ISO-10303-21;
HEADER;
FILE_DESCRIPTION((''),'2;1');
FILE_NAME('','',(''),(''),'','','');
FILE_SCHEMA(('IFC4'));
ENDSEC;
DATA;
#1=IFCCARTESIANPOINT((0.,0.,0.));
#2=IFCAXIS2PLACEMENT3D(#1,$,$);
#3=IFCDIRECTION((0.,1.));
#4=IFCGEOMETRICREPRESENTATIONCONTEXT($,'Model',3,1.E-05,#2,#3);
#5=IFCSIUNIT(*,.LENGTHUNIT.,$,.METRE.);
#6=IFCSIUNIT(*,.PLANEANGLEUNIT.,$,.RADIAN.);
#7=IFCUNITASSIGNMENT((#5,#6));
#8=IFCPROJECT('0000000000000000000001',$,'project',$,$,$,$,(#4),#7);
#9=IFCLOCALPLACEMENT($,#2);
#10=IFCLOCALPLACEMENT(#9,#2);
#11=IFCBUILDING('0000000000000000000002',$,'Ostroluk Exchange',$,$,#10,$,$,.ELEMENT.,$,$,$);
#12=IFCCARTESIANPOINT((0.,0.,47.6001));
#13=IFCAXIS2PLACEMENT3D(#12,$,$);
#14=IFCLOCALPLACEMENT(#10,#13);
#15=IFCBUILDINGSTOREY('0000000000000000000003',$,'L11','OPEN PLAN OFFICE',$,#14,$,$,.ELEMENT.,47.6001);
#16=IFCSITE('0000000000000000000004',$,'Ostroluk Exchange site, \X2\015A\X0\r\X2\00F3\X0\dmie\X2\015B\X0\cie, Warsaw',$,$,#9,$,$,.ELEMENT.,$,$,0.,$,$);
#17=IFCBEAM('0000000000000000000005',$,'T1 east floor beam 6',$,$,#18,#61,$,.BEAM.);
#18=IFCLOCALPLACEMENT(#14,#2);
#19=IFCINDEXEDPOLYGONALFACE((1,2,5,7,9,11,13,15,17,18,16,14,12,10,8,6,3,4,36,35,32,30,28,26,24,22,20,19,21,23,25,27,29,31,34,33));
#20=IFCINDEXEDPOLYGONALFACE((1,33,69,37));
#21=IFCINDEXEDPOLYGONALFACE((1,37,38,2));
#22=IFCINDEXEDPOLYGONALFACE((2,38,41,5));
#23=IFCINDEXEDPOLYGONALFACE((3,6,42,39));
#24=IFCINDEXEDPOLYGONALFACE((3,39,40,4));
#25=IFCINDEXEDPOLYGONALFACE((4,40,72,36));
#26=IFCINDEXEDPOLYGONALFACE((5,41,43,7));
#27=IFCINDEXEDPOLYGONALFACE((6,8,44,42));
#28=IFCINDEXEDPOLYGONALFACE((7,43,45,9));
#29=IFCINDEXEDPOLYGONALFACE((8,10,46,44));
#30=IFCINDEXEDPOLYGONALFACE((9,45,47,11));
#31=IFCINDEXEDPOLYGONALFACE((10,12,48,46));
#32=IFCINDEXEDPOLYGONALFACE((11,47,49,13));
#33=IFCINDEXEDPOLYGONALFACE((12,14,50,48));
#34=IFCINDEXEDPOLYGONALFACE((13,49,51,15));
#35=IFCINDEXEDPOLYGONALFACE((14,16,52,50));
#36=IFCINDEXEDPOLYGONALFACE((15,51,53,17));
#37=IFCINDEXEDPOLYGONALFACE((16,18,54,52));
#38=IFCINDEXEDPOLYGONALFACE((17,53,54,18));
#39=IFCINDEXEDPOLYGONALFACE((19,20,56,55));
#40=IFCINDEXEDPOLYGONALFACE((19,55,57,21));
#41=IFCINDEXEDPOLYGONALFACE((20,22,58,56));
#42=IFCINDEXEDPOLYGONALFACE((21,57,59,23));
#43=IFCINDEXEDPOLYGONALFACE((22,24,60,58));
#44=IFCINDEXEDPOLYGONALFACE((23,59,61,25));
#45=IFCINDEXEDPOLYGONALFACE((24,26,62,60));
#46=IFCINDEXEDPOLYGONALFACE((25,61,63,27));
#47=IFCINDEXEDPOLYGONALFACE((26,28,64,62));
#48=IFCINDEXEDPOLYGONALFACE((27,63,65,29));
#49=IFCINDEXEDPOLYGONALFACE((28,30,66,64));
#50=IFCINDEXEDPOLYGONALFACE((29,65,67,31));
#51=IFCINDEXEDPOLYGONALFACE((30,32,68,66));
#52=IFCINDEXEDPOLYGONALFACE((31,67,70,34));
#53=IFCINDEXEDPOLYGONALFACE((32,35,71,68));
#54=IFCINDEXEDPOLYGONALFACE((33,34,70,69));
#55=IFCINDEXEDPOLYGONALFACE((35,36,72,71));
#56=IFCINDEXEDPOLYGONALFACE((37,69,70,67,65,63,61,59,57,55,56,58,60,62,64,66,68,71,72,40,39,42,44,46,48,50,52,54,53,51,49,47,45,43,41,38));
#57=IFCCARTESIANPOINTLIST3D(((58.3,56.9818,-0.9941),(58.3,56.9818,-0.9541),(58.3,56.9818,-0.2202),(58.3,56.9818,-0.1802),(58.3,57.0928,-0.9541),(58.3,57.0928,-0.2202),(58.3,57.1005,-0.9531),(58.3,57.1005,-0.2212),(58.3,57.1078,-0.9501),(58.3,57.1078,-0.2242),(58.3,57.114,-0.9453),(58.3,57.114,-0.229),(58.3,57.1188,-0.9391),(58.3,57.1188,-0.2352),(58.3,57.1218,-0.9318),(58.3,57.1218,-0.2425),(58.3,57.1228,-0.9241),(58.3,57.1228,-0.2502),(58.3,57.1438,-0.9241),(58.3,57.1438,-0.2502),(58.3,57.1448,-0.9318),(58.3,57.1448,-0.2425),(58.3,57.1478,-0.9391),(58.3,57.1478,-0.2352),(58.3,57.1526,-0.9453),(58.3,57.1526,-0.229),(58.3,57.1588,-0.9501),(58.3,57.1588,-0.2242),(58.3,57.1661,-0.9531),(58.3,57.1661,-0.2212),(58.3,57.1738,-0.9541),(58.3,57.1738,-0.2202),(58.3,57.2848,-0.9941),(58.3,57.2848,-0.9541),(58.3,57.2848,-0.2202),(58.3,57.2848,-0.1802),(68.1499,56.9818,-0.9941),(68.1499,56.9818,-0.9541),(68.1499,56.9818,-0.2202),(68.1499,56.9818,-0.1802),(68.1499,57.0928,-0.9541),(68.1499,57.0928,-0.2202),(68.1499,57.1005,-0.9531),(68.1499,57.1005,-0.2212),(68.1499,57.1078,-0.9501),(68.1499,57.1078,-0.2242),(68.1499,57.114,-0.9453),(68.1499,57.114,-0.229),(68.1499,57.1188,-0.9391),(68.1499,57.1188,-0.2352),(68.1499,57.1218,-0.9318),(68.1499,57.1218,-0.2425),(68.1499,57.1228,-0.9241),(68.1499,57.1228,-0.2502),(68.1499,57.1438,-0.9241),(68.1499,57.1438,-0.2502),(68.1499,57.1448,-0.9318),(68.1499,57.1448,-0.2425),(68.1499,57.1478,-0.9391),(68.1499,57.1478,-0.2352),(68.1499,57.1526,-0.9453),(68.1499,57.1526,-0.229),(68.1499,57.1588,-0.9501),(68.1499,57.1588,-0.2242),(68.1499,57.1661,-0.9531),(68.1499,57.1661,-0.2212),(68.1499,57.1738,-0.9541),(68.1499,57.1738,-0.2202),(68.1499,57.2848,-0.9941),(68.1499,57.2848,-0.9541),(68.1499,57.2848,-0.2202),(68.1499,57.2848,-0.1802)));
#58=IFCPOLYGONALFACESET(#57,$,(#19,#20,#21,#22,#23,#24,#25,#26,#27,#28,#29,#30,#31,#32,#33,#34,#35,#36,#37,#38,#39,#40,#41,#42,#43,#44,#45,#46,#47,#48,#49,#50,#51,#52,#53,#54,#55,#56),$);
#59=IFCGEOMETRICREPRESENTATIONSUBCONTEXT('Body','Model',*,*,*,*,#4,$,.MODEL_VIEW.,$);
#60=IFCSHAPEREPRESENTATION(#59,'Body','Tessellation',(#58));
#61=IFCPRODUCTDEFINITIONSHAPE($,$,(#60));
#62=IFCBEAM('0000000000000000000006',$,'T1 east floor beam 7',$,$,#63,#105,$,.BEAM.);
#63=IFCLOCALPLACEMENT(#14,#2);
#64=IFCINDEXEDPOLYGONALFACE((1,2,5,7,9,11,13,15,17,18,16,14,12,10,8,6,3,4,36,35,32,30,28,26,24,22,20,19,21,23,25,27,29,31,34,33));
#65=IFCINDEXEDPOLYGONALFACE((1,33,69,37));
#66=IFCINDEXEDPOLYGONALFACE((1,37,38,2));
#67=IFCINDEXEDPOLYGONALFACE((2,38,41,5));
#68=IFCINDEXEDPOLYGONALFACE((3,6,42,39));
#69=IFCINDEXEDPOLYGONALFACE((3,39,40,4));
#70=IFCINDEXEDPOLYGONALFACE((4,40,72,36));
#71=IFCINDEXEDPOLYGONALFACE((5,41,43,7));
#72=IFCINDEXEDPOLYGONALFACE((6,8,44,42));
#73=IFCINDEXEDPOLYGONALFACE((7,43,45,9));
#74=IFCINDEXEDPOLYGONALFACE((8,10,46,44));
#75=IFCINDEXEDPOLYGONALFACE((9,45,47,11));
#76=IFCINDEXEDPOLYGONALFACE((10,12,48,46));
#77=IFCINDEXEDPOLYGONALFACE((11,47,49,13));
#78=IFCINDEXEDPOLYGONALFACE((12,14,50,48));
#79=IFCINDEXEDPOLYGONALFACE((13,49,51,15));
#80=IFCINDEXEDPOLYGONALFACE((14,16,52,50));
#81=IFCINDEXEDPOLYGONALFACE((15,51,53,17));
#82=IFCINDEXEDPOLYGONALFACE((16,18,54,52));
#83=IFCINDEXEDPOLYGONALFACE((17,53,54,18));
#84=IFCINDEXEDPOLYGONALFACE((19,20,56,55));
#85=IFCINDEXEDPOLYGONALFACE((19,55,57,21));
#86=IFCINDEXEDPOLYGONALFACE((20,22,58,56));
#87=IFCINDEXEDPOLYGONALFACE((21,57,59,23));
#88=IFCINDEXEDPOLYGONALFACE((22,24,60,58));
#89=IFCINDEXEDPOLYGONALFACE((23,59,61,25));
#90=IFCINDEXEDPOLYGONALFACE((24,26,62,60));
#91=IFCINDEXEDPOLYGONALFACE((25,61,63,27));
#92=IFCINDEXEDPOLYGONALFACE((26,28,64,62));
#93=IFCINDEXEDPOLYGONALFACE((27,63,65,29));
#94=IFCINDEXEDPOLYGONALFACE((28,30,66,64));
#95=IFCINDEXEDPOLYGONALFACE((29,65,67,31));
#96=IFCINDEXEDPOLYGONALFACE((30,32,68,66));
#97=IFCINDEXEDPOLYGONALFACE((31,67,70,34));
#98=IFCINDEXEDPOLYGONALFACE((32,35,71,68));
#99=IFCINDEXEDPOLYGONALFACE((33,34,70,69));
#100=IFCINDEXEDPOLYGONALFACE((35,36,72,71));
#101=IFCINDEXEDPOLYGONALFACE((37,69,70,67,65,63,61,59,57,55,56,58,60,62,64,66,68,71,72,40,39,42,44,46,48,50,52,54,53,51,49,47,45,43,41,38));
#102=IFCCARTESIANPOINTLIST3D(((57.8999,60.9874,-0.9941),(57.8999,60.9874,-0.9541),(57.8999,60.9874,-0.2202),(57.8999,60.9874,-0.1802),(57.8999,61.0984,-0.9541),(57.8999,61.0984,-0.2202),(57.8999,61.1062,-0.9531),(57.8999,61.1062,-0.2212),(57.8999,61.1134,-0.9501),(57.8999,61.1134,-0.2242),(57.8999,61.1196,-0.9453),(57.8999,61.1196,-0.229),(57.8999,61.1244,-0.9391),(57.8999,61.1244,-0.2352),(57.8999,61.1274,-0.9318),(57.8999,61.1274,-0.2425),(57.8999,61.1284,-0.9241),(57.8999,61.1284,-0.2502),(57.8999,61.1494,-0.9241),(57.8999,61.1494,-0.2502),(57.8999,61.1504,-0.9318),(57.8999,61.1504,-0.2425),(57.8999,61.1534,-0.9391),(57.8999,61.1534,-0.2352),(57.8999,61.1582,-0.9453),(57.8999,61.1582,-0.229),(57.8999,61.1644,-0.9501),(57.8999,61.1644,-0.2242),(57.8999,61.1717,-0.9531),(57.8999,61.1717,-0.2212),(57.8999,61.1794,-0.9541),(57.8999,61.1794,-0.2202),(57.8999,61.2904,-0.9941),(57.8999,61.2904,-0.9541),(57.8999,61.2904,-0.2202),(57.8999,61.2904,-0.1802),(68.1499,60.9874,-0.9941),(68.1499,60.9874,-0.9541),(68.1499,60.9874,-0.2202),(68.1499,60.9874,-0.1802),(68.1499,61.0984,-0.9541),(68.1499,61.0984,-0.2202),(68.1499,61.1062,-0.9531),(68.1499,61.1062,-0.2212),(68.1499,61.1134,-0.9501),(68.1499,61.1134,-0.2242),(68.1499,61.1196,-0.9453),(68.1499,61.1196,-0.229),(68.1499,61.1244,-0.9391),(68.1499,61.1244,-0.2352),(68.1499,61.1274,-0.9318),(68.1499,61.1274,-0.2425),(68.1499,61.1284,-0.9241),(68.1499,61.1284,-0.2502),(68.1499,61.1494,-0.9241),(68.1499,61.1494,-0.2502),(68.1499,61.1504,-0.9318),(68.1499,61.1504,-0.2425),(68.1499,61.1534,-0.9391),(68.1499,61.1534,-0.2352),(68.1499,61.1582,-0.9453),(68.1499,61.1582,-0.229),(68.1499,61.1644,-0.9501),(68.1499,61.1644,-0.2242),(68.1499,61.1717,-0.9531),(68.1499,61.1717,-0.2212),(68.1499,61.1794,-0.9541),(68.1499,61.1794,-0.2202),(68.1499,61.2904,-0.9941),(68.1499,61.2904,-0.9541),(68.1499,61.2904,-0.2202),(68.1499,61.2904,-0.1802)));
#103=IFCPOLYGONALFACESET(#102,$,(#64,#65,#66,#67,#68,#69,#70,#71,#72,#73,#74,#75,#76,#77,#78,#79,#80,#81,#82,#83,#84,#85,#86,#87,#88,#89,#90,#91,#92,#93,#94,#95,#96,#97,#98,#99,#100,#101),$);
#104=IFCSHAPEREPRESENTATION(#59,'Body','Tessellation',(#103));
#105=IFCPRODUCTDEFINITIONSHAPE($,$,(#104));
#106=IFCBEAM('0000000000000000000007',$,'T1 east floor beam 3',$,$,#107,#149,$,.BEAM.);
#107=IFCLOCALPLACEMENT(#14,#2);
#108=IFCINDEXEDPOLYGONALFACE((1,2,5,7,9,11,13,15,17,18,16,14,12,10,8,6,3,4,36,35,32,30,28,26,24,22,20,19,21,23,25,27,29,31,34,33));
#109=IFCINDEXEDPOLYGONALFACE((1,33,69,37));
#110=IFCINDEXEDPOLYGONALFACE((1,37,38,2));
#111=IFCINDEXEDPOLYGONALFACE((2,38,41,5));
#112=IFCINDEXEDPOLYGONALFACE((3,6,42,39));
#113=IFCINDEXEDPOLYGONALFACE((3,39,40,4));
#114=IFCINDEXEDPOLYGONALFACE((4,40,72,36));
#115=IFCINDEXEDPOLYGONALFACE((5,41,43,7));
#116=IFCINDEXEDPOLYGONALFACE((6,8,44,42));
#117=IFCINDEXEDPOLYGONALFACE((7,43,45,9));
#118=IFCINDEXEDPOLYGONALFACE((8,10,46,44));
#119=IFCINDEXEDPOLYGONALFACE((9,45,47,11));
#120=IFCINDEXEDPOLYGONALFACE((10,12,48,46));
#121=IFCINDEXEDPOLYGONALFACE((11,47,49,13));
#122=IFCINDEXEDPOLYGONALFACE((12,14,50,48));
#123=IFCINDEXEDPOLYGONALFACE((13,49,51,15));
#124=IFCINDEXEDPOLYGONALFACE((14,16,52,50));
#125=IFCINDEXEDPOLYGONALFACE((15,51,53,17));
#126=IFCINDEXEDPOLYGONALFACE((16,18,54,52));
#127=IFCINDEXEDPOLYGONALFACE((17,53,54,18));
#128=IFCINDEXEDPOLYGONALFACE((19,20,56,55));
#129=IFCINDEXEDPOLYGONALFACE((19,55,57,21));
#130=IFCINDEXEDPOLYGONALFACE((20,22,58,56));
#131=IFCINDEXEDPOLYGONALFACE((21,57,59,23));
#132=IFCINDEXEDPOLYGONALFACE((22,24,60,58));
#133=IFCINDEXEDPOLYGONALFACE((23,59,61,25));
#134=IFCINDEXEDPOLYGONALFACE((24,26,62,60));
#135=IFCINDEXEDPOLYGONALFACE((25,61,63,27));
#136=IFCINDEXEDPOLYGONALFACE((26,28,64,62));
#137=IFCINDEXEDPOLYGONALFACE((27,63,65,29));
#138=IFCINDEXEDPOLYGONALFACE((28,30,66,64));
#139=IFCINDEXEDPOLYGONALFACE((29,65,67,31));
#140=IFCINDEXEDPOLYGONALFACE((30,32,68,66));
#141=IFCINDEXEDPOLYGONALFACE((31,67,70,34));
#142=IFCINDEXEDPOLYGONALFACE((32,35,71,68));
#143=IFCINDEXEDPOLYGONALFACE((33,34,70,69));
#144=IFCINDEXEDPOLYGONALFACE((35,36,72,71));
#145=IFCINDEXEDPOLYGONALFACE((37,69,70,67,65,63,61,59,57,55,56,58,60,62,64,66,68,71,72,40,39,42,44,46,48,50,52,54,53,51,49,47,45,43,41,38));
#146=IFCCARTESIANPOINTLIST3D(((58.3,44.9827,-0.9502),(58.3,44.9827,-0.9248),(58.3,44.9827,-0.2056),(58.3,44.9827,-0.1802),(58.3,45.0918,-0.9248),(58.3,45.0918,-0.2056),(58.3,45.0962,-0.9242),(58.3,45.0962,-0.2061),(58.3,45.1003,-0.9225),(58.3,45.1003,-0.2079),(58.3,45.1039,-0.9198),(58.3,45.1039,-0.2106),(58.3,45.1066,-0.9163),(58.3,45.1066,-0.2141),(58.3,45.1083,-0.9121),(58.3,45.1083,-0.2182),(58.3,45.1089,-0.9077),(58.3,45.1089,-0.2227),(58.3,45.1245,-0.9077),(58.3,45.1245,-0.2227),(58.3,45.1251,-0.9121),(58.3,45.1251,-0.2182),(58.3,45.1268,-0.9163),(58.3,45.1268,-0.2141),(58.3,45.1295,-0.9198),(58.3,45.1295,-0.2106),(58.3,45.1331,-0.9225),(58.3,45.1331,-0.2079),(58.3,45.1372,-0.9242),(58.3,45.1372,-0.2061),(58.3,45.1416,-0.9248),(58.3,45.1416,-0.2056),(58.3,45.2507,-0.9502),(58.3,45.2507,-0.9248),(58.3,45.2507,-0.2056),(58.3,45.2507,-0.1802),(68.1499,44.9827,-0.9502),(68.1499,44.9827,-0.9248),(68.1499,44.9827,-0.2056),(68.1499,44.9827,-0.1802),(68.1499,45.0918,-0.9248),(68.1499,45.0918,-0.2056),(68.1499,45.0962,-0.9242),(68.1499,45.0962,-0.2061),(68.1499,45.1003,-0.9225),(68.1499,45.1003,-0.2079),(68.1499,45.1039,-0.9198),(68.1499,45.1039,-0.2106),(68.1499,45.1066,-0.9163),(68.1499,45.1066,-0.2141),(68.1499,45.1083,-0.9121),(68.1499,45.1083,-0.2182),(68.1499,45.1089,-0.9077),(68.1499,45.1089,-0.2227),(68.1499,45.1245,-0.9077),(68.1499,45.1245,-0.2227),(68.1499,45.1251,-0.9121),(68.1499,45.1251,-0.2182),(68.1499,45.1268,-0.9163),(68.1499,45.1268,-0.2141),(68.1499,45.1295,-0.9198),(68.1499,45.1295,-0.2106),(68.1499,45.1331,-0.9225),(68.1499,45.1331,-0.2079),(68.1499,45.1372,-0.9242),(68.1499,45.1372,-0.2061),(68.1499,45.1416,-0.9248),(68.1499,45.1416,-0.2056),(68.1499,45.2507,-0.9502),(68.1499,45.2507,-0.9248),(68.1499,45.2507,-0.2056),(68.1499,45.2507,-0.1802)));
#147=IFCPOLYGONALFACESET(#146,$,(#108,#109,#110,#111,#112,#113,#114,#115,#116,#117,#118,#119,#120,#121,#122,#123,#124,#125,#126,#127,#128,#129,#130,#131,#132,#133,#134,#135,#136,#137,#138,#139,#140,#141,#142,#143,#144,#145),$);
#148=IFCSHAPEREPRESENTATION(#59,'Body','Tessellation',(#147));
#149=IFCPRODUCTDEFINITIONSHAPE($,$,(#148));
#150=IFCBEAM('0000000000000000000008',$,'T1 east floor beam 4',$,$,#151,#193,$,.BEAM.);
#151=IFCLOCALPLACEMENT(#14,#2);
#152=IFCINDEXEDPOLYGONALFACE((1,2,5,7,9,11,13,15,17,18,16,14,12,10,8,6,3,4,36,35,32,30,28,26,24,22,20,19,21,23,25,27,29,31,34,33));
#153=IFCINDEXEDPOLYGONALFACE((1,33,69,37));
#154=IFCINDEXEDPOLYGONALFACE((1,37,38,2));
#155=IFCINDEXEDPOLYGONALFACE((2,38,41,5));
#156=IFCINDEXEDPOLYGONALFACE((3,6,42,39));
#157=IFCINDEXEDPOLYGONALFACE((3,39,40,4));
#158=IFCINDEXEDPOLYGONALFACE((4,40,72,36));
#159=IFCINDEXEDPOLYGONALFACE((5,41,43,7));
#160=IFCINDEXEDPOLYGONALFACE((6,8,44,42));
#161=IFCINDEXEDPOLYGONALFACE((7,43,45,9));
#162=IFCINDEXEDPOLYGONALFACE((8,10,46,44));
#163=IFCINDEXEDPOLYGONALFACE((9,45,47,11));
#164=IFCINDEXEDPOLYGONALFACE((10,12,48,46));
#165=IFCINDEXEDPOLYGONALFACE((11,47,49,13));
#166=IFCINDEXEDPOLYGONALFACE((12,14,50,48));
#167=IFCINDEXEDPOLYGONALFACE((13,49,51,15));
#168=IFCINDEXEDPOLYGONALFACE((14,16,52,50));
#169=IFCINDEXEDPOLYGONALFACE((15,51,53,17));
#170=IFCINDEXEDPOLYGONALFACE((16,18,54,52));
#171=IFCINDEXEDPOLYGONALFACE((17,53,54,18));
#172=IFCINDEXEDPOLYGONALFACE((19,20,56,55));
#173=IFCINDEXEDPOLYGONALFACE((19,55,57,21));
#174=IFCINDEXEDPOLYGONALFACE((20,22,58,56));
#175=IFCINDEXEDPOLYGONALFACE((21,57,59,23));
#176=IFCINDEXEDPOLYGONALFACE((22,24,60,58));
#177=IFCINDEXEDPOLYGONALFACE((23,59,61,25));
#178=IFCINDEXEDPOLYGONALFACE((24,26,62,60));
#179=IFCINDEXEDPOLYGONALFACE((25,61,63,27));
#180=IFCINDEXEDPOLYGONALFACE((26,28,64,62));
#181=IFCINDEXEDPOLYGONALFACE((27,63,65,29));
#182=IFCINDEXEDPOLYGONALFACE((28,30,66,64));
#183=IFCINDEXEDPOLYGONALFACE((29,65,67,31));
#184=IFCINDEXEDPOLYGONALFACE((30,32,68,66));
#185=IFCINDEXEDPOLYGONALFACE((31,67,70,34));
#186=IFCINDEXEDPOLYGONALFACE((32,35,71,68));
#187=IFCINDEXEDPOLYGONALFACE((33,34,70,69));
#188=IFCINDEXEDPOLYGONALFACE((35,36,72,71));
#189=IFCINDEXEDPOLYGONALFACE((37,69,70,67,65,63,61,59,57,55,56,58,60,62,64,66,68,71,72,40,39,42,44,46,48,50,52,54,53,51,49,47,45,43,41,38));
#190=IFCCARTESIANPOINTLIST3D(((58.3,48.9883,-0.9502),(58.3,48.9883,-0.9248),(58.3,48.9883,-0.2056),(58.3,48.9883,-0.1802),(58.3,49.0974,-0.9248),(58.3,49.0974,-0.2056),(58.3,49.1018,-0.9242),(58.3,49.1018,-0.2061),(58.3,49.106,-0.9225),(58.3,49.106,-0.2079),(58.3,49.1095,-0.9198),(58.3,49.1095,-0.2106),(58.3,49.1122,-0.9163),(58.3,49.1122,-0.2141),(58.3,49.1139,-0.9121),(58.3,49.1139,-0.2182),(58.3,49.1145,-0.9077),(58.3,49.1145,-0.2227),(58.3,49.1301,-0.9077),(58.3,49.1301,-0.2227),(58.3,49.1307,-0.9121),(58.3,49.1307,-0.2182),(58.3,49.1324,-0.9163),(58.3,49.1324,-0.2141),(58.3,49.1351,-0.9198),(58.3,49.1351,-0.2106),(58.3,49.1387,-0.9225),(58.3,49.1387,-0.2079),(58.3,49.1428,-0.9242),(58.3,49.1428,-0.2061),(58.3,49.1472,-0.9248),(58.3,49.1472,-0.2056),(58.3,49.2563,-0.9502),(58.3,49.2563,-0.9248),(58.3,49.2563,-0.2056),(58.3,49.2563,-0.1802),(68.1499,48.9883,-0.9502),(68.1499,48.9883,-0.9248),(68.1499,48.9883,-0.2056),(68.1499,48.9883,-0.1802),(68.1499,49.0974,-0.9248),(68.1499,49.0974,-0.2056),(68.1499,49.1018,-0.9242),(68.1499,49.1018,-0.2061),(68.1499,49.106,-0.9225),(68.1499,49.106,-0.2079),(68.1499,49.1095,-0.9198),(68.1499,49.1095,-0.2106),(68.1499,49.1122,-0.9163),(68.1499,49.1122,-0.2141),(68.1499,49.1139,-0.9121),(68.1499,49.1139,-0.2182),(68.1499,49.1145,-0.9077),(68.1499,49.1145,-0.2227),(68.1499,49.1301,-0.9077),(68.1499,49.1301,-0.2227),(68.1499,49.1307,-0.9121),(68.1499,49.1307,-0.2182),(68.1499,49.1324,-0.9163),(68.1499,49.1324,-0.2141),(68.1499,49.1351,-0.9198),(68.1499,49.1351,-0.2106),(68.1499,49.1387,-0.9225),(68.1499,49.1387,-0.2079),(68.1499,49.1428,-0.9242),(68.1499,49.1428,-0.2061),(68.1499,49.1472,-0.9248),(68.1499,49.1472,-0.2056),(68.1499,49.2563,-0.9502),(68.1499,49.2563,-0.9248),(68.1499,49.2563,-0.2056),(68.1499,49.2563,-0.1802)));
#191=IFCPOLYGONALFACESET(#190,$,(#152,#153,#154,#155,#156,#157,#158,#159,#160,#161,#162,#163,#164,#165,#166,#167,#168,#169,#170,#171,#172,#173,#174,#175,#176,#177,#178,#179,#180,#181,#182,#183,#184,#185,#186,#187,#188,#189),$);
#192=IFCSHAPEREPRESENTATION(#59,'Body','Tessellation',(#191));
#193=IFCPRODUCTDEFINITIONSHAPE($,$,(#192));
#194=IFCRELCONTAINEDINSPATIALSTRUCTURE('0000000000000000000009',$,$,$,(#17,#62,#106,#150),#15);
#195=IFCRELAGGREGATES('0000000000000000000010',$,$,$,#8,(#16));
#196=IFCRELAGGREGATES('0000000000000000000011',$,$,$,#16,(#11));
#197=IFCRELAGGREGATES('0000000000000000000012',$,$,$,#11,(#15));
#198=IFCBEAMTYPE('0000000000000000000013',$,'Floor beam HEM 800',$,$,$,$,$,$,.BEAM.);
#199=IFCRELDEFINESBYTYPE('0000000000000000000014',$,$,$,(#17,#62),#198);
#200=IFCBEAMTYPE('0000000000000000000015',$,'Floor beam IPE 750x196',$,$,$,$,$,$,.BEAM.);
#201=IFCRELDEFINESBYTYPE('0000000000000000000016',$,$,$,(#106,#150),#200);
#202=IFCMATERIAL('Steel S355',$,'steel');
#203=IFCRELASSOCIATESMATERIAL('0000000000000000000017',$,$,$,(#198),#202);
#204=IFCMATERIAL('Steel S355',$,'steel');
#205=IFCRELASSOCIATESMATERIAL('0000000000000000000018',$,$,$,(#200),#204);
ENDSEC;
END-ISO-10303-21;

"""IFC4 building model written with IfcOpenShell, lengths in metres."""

from ifc_helpers import new_model, si_unit, direction, frame, origin, origin_2d, place, context, subcontext, project, spatial, i_section, extrude, material, material_profile, profile_set, type_object, element, save


model = new_model("IFC4")

# Units and contexts
model_context = context("Model", 3, precision=1e-05, world=origin(), true_north=direction((0.0, 1.0)))
body_context = subcontext(model_context, "Body", "Model", "MODEL_VIEW")
ifc_project = project(units=[si_unit("LENGTHUNIT", "METRE"), si_unit("PLANEANGLEUNIT", "RADIAN")], contexts=[model_context])

# Site, building, storey
site_placement = place(None, origin())
site = spatial("IfcSite", under=ifc_project, at=site_placement, Name="Ostroluk Exchange site, Śródmieście, Warsaw", CompositionType="ELEMENT", RefElevation=0.0)
building_placement = place(site_placement, origin())
building = spatial("IfcBuilding", under=site, at=building_placement, Name="Ostroluk Exchange", CompositionType="ELEMENT")
storey_placement = place(building_placement, frame((0.0, 0.0, 47.6001)))
storey = spatial("IfcBuildingStorey", under=building, at=storey_placement, Name="L11", Description="OPEN PLAN OFFICE", CompositionType="ELEMENT", Elevation=47.6001)

# Beams
ifc_material_1 = material(Name="Steel S355", Category="steel")
ifc_material_profile_1 = material_profile(ifc_material_1, i_section(OverallWidth=0.303, OverallDepth=0.814, WebThickness=0.021, FlangeThickness=0.04, FilletRadius=0.03, at=origin_2d()), Name="HEM 800")
ifc_profile_set_1 = profile_set([ifc_material_profile_1], Name="Steel S355")
beam_type_1 = type_object("IfcBeamType", Name="Floor beam HEM 800", PredefinedType="BEAM", material=ifc_profile_set_1)
beam_1_placement = place(storey_placement, frame((58.3, 57.1333, -0.5872), z_axis=(1.0, 0.0, 0.0), x_axis=(0.0, 1.0, 0.0)))
element("IfcBeam", 1, at=beam_1_placement, inside=storey, type_object=beam_type_1, Name="T1 east floor beam 6", PredefinedType="BEAM", context=body_context, shape_type="SweptSolid", body=[
    extrude(i_section(OverallWidth=0.303, OverallDepth=0.814, WebThickness=0.021, FlangeThickness=0.04, FilletRadius=0.03, at=origin_2d()), origin(), (0.0, 0.0, 1.0), 9.8499),
])
beam_2_placement = place(storey_placement, frame((57.8999, 61.1389, -0.5872), z_axis=(1.0, 0.0, 0.0), x_axis=(0.0, 1.0, 0.0)))
element("IfcBeam", 2, at=beam_2_placement, inside=storey, type_object=beam_type_1, Name="T1 east floor beam 7", PredefinedType="BEAM", context=body_context, shape_type="SweptSolid", body=[
    extrude(i_section(OverallWidth=0.303, OverallDepth=0.814, WebThickness=0.021, FlangeThickness=0.04, FilletRadius=0.03, at=origin_2d()), origin(), (0.0, 0.0, 1.0), 10.25),
])
ifc_material_2 = material(Name="Steel S355", Category="steel")
ifc_material_profile_2 = material_profile(ifc_material_2, i_section(OverallWidth=0.2681, OverallDepth=0.77, WebThickness=0.0156, FlangeThickness=0.0254, FilletRadius=0.0171, at=origin_2d()), Name="IPE 750x196")
ifc_profile_set_2 = profile_set([ifc_material_profile_2], Name="Steel S355")
beam_type_2 = type_object("IfcBeamType", Name="Floor beam IPE 750x196", PredefinedType="BEAM", material=ifc_profile_set_2)
for number, where, z_axis, x_axis, name in (
    (3, (58.3, 45.1167, -0.5652), (1.0, 0.0, 0.0), (0.0, 1.0, 0.0), "T1 east floor beam 3"),
    (4, (58.3, 49.1223, -0.5652), (1.0, 0.0, 0.0), (0.0, 1.0, 0.0), "T1 east floor beam 4"),
):
    element("IfcBeam", number, at=place(storey_placement, frame(where, z_axis=z_axis, x_axis=x_axis)), inside=storey, type_object=beam_type_2, Name=name, PredefinedType="BEAM", context=body_context, shape_type="SweptSolid", body=[
        extrude(i_section(OverallWidth=0.2681, OverallDepth=0.77, WebThickness=0.0156, FlangeThickness=0.0254, FilletRadius=0.0171, at=origin_2d()), origin(), (0.0, 0.0, 1.0), 9.8499),
    ])

save(model, "model.ifc")
